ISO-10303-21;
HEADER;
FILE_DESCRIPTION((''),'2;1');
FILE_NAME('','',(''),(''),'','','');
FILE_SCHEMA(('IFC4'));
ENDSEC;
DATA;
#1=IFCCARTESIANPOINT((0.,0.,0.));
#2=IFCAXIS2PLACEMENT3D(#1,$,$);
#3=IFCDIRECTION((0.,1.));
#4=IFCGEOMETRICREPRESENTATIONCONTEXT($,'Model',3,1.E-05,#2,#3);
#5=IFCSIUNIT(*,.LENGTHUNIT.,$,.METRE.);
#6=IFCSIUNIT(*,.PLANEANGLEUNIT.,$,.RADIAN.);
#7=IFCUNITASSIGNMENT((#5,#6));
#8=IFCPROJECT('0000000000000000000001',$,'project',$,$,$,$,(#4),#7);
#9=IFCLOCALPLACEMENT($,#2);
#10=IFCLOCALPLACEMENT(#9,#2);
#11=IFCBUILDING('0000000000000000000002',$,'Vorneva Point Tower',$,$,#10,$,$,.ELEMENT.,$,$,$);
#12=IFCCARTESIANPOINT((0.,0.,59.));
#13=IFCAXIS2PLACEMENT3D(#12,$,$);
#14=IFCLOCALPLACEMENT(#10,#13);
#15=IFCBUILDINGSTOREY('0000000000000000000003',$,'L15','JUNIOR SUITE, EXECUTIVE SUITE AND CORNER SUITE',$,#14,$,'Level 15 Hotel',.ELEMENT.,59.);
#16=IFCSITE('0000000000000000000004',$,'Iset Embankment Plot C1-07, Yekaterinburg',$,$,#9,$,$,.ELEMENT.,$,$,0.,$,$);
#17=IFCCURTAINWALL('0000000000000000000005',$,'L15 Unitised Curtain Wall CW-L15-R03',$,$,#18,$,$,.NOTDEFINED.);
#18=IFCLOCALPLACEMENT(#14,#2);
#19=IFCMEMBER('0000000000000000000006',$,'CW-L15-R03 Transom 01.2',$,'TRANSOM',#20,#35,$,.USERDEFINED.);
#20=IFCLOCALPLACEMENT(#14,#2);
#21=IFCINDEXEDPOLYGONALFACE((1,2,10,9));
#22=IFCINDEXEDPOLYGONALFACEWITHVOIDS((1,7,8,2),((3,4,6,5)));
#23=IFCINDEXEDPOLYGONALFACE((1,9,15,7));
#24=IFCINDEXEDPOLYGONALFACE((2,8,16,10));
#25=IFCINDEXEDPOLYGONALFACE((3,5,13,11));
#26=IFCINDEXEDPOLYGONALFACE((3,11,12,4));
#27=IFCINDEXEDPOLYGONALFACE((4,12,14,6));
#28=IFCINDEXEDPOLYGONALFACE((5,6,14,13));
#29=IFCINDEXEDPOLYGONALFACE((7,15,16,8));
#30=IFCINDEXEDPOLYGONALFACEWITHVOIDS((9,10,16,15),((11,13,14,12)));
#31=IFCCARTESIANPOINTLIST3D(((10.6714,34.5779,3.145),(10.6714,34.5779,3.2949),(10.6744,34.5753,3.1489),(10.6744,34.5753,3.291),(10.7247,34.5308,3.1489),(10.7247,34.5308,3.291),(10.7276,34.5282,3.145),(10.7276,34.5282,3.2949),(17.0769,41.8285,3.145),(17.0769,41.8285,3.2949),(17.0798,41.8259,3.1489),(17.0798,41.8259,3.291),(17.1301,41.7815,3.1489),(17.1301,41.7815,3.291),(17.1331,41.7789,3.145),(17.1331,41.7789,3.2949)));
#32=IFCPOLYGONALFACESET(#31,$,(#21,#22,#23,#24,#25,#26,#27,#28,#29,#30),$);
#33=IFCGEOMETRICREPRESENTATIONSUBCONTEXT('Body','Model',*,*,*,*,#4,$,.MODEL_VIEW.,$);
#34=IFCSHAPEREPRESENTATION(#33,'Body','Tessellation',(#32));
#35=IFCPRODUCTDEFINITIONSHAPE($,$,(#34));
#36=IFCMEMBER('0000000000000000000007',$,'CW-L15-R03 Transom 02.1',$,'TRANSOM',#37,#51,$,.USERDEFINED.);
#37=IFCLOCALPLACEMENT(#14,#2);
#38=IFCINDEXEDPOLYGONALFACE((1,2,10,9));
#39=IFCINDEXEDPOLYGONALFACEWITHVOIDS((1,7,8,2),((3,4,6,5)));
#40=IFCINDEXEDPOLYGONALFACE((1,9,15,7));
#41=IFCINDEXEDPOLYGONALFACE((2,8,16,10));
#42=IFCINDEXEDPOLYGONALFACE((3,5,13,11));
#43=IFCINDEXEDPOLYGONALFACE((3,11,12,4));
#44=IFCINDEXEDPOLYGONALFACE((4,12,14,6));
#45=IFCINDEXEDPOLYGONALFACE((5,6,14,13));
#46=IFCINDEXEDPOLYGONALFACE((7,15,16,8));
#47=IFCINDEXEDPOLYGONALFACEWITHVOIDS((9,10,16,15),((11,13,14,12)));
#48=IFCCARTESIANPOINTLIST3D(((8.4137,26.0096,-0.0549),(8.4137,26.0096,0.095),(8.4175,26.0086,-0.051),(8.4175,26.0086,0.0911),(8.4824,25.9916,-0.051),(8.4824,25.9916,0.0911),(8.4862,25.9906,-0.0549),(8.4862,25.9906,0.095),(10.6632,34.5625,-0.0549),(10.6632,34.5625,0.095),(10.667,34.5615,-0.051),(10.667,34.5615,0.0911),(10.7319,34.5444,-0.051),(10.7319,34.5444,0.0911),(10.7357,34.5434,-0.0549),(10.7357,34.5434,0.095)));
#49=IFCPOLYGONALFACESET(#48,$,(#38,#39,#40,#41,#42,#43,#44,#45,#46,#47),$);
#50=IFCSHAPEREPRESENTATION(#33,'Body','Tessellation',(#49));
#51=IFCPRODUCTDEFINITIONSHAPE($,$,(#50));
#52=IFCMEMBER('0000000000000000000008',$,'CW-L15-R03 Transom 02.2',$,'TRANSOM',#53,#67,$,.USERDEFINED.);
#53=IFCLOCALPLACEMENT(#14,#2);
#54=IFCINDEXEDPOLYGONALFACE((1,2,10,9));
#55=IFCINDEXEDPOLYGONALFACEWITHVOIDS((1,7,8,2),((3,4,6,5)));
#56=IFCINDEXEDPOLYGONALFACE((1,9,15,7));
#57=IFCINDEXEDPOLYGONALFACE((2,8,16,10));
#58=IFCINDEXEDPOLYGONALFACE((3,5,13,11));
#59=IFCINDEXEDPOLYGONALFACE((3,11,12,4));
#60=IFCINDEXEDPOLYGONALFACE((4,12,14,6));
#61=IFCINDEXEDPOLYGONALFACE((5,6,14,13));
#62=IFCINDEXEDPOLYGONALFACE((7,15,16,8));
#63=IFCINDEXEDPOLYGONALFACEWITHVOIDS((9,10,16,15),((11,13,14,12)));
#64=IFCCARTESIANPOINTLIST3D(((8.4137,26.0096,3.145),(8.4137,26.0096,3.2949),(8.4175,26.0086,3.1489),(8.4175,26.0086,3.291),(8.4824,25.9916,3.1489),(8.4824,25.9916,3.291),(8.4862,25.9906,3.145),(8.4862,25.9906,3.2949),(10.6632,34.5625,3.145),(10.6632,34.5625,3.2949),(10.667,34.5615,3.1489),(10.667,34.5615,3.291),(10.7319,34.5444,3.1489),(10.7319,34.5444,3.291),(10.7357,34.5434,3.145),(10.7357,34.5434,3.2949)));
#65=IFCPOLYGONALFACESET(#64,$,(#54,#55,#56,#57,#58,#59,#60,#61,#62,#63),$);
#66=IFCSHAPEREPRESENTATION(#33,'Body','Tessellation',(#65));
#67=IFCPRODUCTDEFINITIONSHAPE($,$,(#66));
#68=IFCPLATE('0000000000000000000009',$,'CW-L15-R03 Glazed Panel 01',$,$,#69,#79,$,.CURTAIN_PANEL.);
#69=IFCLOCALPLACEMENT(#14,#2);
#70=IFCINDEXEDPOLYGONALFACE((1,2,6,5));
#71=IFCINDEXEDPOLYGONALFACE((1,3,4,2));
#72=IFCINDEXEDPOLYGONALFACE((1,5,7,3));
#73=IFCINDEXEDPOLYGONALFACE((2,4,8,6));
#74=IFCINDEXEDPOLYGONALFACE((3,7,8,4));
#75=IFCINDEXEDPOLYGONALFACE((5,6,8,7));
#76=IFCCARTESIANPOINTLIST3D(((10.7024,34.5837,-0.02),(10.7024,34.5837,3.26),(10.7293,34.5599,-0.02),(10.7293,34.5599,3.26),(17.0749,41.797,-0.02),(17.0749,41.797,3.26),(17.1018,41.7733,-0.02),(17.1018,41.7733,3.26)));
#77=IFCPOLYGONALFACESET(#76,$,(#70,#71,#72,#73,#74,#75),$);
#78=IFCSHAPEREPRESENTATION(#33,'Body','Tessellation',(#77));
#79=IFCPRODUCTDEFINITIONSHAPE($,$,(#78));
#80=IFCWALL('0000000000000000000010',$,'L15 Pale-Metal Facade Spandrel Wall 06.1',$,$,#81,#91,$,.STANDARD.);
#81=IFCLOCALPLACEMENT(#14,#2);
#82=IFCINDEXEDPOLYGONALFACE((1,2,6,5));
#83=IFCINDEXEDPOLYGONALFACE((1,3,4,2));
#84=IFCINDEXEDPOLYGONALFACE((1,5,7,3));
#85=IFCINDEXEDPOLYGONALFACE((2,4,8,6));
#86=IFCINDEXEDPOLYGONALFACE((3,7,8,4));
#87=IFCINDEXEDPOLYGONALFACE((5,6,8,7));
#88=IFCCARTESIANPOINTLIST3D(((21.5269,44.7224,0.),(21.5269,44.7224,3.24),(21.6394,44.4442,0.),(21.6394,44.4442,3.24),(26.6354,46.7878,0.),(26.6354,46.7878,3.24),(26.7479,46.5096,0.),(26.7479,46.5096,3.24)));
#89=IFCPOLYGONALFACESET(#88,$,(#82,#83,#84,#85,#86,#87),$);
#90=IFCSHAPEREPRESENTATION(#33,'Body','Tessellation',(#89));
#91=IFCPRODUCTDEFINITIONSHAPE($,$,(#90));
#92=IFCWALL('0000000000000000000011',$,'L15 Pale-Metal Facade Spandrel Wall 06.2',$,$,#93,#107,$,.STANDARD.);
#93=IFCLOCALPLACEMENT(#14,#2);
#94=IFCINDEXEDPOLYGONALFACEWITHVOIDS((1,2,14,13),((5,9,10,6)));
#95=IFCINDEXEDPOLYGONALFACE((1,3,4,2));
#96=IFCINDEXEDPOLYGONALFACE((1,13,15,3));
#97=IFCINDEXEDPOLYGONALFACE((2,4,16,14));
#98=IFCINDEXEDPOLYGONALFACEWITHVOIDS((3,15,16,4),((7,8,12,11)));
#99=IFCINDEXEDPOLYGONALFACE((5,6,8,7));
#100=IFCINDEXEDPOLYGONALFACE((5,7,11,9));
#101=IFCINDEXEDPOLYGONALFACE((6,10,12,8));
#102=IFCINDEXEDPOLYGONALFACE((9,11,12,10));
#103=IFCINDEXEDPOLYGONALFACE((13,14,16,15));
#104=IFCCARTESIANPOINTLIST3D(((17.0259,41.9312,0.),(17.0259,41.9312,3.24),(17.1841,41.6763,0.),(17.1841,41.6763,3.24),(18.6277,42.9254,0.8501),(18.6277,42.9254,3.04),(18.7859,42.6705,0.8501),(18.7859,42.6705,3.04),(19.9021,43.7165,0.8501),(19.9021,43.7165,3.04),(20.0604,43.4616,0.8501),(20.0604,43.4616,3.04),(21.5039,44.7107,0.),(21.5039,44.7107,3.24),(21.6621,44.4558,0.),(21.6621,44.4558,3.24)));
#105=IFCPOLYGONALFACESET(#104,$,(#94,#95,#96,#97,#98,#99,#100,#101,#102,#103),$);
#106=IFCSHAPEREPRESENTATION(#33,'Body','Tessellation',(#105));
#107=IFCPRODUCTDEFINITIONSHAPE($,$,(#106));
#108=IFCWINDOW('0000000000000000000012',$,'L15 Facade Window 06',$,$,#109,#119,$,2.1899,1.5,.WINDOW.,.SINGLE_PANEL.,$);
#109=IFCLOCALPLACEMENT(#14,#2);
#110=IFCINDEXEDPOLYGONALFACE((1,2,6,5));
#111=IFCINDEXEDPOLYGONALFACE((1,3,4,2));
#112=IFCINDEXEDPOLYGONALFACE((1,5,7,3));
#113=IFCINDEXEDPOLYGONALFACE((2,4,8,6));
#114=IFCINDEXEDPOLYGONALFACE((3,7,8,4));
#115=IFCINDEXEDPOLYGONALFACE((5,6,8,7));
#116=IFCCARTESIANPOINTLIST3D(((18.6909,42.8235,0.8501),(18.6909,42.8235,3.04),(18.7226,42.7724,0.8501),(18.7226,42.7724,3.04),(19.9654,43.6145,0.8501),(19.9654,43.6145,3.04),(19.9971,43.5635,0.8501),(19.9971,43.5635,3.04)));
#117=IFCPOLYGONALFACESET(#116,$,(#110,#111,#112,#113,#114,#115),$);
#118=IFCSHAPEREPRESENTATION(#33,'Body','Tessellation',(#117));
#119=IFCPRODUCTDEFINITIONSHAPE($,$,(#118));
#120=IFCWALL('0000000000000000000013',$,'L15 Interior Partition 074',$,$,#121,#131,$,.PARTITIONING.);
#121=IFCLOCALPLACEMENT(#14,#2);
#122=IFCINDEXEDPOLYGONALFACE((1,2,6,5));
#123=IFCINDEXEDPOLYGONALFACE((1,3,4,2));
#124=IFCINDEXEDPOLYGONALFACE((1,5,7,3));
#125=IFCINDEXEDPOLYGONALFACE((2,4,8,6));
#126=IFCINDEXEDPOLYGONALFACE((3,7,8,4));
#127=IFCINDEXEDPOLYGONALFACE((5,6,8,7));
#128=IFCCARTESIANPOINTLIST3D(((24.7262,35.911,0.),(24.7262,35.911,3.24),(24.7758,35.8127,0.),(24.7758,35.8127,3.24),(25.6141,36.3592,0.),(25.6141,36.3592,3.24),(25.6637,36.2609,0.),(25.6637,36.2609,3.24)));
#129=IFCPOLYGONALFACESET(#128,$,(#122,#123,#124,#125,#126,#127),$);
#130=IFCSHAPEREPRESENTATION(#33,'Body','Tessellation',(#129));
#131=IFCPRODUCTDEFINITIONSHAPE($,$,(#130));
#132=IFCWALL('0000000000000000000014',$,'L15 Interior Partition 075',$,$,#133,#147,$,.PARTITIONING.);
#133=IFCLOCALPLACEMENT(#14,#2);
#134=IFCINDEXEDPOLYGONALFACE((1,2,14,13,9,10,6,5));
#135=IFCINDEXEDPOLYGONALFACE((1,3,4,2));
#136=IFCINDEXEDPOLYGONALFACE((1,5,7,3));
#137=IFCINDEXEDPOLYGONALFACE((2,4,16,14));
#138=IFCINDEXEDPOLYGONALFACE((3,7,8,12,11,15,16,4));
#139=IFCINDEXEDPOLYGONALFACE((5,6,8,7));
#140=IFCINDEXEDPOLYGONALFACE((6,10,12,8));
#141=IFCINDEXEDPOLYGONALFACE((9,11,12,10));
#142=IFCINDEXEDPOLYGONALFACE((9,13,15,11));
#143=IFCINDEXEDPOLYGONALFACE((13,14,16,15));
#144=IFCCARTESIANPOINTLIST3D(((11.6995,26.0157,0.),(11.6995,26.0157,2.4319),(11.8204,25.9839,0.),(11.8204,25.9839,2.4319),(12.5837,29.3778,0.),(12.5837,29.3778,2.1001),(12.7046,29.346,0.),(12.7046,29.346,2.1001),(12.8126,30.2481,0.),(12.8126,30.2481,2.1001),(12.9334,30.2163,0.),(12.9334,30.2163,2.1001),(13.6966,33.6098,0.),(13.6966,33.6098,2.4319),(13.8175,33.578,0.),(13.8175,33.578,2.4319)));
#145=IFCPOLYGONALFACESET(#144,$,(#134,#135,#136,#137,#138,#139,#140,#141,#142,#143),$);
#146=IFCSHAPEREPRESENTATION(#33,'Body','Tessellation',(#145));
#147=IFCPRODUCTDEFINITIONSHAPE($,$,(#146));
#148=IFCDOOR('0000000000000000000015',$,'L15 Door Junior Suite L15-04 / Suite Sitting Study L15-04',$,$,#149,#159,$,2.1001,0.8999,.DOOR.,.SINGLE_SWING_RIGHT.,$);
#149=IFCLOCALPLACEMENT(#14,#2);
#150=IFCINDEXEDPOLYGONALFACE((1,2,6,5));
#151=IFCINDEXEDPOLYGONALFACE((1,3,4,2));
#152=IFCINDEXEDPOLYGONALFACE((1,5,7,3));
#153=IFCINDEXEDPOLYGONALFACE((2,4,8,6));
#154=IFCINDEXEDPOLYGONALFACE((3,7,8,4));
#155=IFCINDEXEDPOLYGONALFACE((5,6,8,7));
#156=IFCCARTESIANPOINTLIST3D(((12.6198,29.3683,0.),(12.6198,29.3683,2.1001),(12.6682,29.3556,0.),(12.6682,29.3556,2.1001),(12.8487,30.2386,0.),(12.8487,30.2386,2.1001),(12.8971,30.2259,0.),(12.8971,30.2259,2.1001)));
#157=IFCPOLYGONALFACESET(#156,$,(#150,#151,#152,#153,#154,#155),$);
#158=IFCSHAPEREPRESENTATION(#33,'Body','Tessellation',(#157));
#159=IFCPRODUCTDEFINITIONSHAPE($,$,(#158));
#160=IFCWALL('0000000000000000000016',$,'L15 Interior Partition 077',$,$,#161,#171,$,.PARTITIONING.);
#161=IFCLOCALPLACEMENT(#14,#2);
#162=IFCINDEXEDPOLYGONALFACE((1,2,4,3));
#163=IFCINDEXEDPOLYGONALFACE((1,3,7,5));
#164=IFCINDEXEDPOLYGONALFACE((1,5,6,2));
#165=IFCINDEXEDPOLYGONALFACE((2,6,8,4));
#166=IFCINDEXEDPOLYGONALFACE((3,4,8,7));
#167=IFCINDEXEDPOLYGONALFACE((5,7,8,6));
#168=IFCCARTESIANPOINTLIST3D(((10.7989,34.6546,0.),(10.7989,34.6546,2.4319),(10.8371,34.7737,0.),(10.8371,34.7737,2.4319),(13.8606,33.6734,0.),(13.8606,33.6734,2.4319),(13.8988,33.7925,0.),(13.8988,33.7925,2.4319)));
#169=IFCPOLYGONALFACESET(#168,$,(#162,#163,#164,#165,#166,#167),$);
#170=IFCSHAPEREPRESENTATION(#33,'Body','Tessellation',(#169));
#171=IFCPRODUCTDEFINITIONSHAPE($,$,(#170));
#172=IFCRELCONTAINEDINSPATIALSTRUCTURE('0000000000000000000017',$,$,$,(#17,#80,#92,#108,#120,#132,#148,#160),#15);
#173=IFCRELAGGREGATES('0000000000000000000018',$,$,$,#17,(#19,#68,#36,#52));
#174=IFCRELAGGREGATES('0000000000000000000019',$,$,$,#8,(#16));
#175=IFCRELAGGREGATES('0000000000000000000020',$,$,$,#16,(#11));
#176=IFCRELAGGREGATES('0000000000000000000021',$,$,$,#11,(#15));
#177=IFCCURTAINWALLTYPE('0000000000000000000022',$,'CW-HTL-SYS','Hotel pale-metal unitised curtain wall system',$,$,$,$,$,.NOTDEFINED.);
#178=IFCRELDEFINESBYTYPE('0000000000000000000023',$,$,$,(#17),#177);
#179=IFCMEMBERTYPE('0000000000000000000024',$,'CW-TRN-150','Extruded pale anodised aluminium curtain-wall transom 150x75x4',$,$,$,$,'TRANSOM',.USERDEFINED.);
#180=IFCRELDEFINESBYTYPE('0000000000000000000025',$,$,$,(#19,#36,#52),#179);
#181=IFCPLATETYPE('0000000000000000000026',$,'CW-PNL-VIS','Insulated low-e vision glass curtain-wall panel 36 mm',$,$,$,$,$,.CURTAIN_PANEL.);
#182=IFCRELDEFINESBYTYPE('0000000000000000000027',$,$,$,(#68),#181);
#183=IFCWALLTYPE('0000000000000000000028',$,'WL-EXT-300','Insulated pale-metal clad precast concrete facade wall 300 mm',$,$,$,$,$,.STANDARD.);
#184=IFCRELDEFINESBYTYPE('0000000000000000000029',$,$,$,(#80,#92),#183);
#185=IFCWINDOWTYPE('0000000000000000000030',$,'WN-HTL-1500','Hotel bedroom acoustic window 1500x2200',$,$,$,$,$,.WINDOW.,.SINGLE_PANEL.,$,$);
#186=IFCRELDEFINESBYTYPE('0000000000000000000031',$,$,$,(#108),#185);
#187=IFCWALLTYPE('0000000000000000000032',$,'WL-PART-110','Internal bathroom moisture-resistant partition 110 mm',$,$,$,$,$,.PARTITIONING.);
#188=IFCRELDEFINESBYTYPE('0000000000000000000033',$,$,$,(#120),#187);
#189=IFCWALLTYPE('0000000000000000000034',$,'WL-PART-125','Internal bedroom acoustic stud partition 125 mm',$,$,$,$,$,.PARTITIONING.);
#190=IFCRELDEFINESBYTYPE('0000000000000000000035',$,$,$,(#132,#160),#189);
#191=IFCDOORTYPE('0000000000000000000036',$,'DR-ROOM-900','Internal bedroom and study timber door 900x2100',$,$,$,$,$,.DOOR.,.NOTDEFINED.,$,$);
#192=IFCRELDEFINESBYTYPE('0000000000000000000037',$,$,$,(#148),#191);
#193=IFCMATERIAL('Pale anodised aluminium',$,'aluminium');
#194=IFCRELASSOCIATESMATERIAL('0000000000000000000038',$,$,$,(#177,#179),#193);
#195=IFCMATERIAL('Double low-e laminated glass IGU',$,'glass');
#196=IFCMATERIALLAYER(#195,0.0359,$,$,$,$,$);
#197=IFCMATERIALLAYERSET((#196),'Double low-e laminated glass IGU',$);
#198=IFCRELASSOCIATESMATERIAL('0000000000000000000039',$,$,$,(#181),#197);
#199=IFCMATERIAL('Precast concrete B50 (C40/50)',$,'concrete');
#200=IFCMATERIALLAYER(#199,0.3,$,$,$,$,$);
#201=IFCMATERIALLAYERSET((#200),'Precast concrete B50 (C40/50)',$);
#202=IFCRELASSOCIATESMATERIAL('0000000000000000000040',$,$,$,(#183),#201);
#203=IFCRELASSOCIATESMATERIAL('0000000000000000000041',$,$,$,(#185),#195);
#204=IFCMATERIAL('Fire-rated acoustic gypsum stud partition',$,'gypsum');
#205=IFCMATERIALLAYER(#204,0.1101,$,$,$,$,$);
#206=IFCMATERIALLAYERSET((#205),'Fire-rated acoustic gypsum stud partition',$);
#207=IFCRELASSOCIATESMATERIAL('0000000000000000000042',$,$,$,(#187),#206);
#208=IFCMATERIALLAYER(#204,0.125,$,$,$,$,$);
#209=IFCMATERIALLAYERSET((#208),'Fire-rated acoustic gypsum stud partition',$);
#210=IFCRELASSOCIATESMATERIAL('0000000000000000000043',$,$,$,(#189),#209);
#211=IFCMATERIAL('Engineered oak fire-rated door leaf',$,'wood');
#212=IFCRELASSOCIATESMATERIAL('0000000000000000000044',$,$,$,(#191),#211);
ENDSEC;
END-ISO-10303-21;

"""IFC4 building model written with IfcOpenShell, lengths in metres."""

from ifc_helpers import new_model, si_unit, direction, frame, frame_2d, origin, origin_2d, place, context, subcontext, project, spatial, rectangle, hollow_rectangle, extrude, material, layer, layer_set, material_profile, profile_set, type_object, element, fill, aggregate, save


model = new_model("IFC4")

# Units and contexts
model_context = context("Model", 3, precision=1e-05, world=origin(), true_north=direction((0.0, 1.0)))
body_context = subcontext(model_context, "Body", "Model", "MODEL_VIEW")
ifc_project = project(units=[si_unit("LENGTHUNIT", "METRE"), si_unit("PLANEANGLEUNIT", "RADIAN")], contexts=[model_context])

# Site, building, storey
site_placement = place(None, origin())
site = spatial("IfcSite", under=ifc_project, at=site_placement, Name="Iset Embankment Plot C1-07, Yekaterinburg", CompositionType="ELEMENT", RefElevation=0.0)
building_placement = place(site_placement, origin())
building = spatial("IfcBuilding", under=site, at=building_placement, Name="Vorneva Point Tower", CompositionType="ELEMENT")
storey_placement = place(building_placement, frame((0.0, 0.0, 59.0)))
storey = spatial("IfcBuildingStorey", under=building, at=storey_placement, Name="L15", Description="JUNIOR SUITE, EXECUTIVE SUITE AND CORNER SUITE", LongName="Level 15 Hotel", CompositionType="ELEMENT", Elevation=59.0)

# Shared definitions
ifc_material_1 = material(Name="Pale anodised aluminium", Category="aluminium")
curtain_wall_type = type_object("IfcCurtainWallType", Name="CW-HTL-SYS", Description="Hotel pale-metal unitised curtain wall system", PredefinedType="NOTDEFINED", material=ifc_material_1)

# Curtain wall, members, plate
curtain_wall_1_placement = place(storey_placement, origin())
curtain_wall_1 = element("IfcCurtainWall", 1, at=curtain_wall_1_placement, inside=storey, type_object=curtain_wall_type, Name="L15 Unitised Curtain Wall CW-L15-R03", PredefinedType="NOTDEFINED")
ifc_material_profile_1 = material_profile(ifc_material_1, hollow_rectangle(XDim=0.075, YDim=0.1499, WallThickness=0.0039, at=origin_2d()), Name="AL-TRN 150x75x4")
ifc_profile_set_1 = profile_set([ifc_material_profile_1], Name="Pale anodised aluminium")
member_type_1 = type_object("IfcMemberType", Name="CW-TRN-150", Description="Extruded pale anodised aluminium curtain-wall transom 150x75x4", ElementType="TRANSOM", PredefinedType="USERDEFINED", material=ifc_profile_set_1)
member_1_placement = place(storey_placement, frame((17.105, 41.8037, 3.22), z_axis=(-0.662076, -0.749437, 0.0), x_axis=(0.749437, -0.662076, 0.0)))
member_1 = element("IfcMember", 2, at=member_1_placement, type_object=member_type_1, Name="CW-L15-R03 Transom 01.2", ObjectType="TRANSOM", PredefinedType="USERDEFINED", context=body_context, shape_type="SweptSolid", body=[
    extrude(hollow_rectangle(XDim=0.075, YDim=0.1499, WallThickness=0.0039, at=origin_2d()), origin(), (0.0, 0.0, 1.0), 9.6748),
])
member_2_placement = place(storey_placement, frame((10.6995, 34.553, 0.02), z_axis=(-0.254359, -0.96711, 0.0), x_axis=(0.96711, -0.254359, 0.0)))
member_2 = element("IfcMember", 3, at=member_2_placement, type_object=member_type_1, Name="CW-L15-R03 Transom 02.1", ObjectType="TRANSOM", PredefinedType="USERDEFINED", context=body_context, shape_type="SweptSolid", body=[
    extrude(hollow_rectangle(XDim=0.075, YDim=0.1499, WallThickness=0.0039, at=origin_2d()), origin(), (0.0, 0.0, 1.0), 8.8438),
])
member_3_placement = place(storey_placement, frame((10.6995, 34.553, 3.22), z_axis=(-0.254359, -0.96711, 0.0), x_axis=(0.96711, -0.254359, 0.0)))
member_3 = element("IfcMember", 4, at=member_3_placement, type_object=member_type_1, Name="CW-L15-R03 Transom 02.2", ObjectType="TRANSOM", PredefinedType="USERDEFINED", context=body_context, shape_type="SweptSolid", body=[
    extrude(hollow_rectangle(XDim=0.075, YDim=0.1499, WallThickness=0.0039, at=origin_2d()), origin(), (0.0, 0.0, 1.0), 8.8438),
])
ifc_material_2 = material(Name="Double low-e laminated glass IGU", Category="glass")
ifc_layer_1 = layer(ifc_material_2, 0.0359)
ifc_layer_set_1 = layer_set([ifc_layer_1], Name="Double low-e laminated glass IGU")
plate_type = type_object("IfcPlateType", Name="CW-PNL-VIS", Description="Insulated low-e vision glass curtain-wall panel 36 mm", PredefinedType="CURTAIN_PANEL", material=ifc_layer_set_1)
plate_placement = place(storey_placement, frame((13.9021, 38.1785, -0.02), z_axis=(0.0, 0.0, 1.0), x_axis=(-0.662071, -0.749441, 0.0)))
plate = element("IfcPlate", 5, at=plate_placement, type_object=plate_type, Name="CW-L15-R03 Glazed Panel 01", PredefinedType="CURTAIN_PANEL", context=body_context, shape_type="SweptSolid", body=[
    extrude(rectangle(XDim=9.625, YDim=0.0359, at=origin_2d()), origin(), (0.0, 0.0, 1.0), 3.28),
])
aggregate(curtain_wall_1, [member_1, plate, member_2, member_3])

# Wall
ifc_material_3 = material(Name="Precast concrete B50 (C40/50)", Category="concrete")
ifc_layer_2 = layer(ifc_material_3, 0.3)
ifc_layer_set_2 = layer_set([ifc_layer_2], Name="Precast concrete B50 (C40/50)")
wall_type_1 = type_object("IfcWallType", Name="WL-EXT-300", Description="Insulated pale-metal clad precast concrete facade wall 300 mm", PredefinedType="STANDARD", material=ifc_layer_set_2)
wall_1_placement = place(storey_placement, frame((26.6917, 46.6487, 0.0), z_axis=(0.0, 0.0, 1.0), x_axis=(-0.927095, -0.374826, 0.0)))
element("IfcWall", 6, at=wall_1_placement, inside=storey, type_object=wall_type_1, Name="L15 Pale-Metal Facade Spandrel Wall 06.1", PredefinedType="STANDARD", context=body_context, shape_type="SweptSolid", body=[
    extrude(rectangle(XDim=5.5103, YDim=0.3, at=frame_2d((2.7551, 0.0))), origin(), (0.0, 0.0, 1.0), 3.24),
])

# Wall, opening, window
wall_2_placement = place(storey_placement, frame((21.583, 44.5833, 0.0), z_axis=(0.0, 0.0, 1.0), x_axis=(-0.849634, -0.527373, 0.0)))
wall_2 = element("IfcWall", 7, at=wall_2_placement, inside=storey, type_object=wall_type_1, Name="L15 Pale-Metal Facade Spandrel Wall 06.2", PredefinedType="STANDARD", context=body_context, shape_type="SweptSolid", body=[
    extrude(rectangle(XDim=5.2705, YDim=0.3, at=frame_2d((2.6353, 0.0))), origin(), (0.0, 0.0, 1.0), 3.24),
])
opening_1_placement = place(wall_2_placement, frame((1.8853, 0.0, 0.8501)))
opening_1 = element("IfcOpeningElement", 8, at=opening_1_placement, cuts=wall_2, PredefinedType="OPENING", context=body_context, shape_type="SweptSolid", body=[
    extrude(rectangle(XDim=1.5, YDim=2.1899, at=frame_2d((0.75, 1.095))), frame((0.0, 0.165, 0.0), z_axis=(0.0, -1.0, 0.0), x_axis=(1.0, 0.0, 0.0)), (0.0, 0.0, 1.0), 0.3298),
])
window_type = type_object("IfcWindowType", Name="WN-HTL-1500", Description="Hotel bedroom acoustic window 1500x2200", PartitioningType="SINGLE_PANEL", PredefinedType="WINDOW", material=ifc_material_2)
window_placement = place(opening_1_placement, origin())
window = element("IfcWindow", 9, at=window_placement, inside=storey, type_object=window_type, Name="L15 Facade Window 06", OverallHeight=2.1899, OverallWidth=1.5, PartitioningType="SINGLE_PANEL", PredefinedType="WINDOW", context=body_context, shape_type="SweptSolid", body=[
    extrude(rectangle(XDim=1.5, YDim=2.1899, at=frame_2d((0.75, 1.095))), frame((0.0, 0.03, 0.0), z_axis=(0.0, -1.0, 0.0), x_axis=(1.0, 0.0, 0.0)), (0.0, 0.0, 1.0), 0.0601),
])
fill(opening_1, window)

# Wall
ifc_material_4 = material(Name="Fire-rated acoustic gypsum stud partition", Category="gypsum")
ifc_layer_3 = layer(ifc_material_4, 0.1101)
ifc_layer_set_3 = layer_set([ifc_layer_3], Name="Fire-rated acoustic gypsum stud partition")
wall_type_2 = type_object("IfcWallType", Name="WL-PART-110", Description="Internal bathroom moisture-resistant partition 110 mm", PredefinedType="PARTITIONING", material=ifc_layer_set_3)
wall_3_placement = place(storey_placement, frame((24.751, 35.8618, 0.0), z_axis=(0.0, 0.0, 1.0), x_axis=(0.892702, 0.450647, 0.0)))
element("IfcWall", 10, at=wall_3_placement, inside=storey, type_object=wall_type_2, Name="L15 Interior Partition 074", PredefinedType="PARTITIONING", context=body_context, shape_type="SweptSolid", body=[
    extrude(rectangle(XDim=0.9946, YDim=0.1101, at=frame_2d((0.4973, 0.0))), origin(), (0.0, 0.0, 1.0), 3.24),
])

# Wall, opening, door
ifc_layer_4 = layer(ifc_material_4, 0.125)
ifc_layer_set_4 = layer_set([ifc_layer_4], Name="Fire-rated acoustic gypsum stud partition")
wall_type_3 = type_object("IfcWallType", Name="WL-PART-125", Description="Internal bedroom acoustic stud partition 125 mm", PredefinedType="PARTITIONING", material=ifc_layer_set_4)
wall_4_placement = place(storey_placement, frame((13.7571, 33.594, 0.0), z_axis=(0.0, 0.0, 1.0), x_axis=(-0.254333, -0.967117, 0.0)))
wall_4 = element("IfcWall", 11, at=wall_4_placement, inside=storey, type_object=wall_type_3, Name="L15 Interior Partition 075", PredefinedType="PARTITIONING", context=body_context, shape_type="SweptSolid", body=[
    extrude(rectangle(XDim=7.8523, YDim=0.125, at=frame_2d((3.9263, 0.0))), origin(), (0.0, 0.0, 1.0), 2.4319),
])
opening_2_placement = place(wall_4_placement, frame((3.4761, 0.0, 0.0)))
opening_2 = element("IfcOpeningElement", 12, at=opening_2_placement, cuts=wall_4, PredefinedType="OPENING", context=body_context, shape_type="SweptSolid", body=[
    extrude(rectangle(XDim=0.8999, YDim=2.1001, at=frame_2d((0.45, 1.05))), frame((0.0, 0.0774, 0.0), z_axis=(0.0, -1.0, 0.0), x_axis=(1.0, 0.0, 0.0)), (0.0, 0.0, 1.0), 0.1548),
])
ifc_material_5 = material(Name="Engineered oak fire-rated door leaf", Category="wood")
door_type = type_object("IfcDoorType", Name="DR-ROOM-900", Description="Internal bedroom and study timber door 900x2100", OperationType="NOTDEFINED", PredefinedType="DOOR", material=ifc_material_5)
door_placement = place(opening_2_placement, origin())
door = element("IfcDoor", 13, at=door_placement, inside=storey, type_object=door_type, Name="L15 Door Junior Suite L15-04 / Suite Sitting Study L15-04", OperationType="SINGLE_SWING_RIGHT", OverallHeight=2.1001, OverallWidth=0.8999, PredefinedType="DOOR", context=body_context, shape_type="SweptSolid", body=[
    extrude(rectangle(XDim=0.8999, YDim=2.1001, at=frame_2d((0.45, 1.05))), frame((0.0, 0.0249, 0.0), z_axis=(0.0, -1.0, 0.0), x_axis=(1.0, 0.0, 0.0)), (0.0, 0.0, 1.0), 0.05),
])
fill(opening_2, door)

# Wall
wall_5_placement = place(storey_placement, frame((10.8181, 34.7141, 0.0), z_axis=(0.0, 0.0, 1.0), x_axis=(0.952294, -0.305181, 0.0)))
element("IfcWall", 14, at=wall_5_placement, inside=storey, type_object=wall_type_3, Name="L15 Interior Partition 077", PredefinedType="PARTITIONING", context=body_context, shape_type="SweptSolid", body=[
    extrude(rectangle(XDim=3.2151, YDim=0.125, at=frame_2d((1.6074, 0.0))), origin(), (0.0, 0.0, 1.0), 2.4319),
])

save(model, "model.ifc")
